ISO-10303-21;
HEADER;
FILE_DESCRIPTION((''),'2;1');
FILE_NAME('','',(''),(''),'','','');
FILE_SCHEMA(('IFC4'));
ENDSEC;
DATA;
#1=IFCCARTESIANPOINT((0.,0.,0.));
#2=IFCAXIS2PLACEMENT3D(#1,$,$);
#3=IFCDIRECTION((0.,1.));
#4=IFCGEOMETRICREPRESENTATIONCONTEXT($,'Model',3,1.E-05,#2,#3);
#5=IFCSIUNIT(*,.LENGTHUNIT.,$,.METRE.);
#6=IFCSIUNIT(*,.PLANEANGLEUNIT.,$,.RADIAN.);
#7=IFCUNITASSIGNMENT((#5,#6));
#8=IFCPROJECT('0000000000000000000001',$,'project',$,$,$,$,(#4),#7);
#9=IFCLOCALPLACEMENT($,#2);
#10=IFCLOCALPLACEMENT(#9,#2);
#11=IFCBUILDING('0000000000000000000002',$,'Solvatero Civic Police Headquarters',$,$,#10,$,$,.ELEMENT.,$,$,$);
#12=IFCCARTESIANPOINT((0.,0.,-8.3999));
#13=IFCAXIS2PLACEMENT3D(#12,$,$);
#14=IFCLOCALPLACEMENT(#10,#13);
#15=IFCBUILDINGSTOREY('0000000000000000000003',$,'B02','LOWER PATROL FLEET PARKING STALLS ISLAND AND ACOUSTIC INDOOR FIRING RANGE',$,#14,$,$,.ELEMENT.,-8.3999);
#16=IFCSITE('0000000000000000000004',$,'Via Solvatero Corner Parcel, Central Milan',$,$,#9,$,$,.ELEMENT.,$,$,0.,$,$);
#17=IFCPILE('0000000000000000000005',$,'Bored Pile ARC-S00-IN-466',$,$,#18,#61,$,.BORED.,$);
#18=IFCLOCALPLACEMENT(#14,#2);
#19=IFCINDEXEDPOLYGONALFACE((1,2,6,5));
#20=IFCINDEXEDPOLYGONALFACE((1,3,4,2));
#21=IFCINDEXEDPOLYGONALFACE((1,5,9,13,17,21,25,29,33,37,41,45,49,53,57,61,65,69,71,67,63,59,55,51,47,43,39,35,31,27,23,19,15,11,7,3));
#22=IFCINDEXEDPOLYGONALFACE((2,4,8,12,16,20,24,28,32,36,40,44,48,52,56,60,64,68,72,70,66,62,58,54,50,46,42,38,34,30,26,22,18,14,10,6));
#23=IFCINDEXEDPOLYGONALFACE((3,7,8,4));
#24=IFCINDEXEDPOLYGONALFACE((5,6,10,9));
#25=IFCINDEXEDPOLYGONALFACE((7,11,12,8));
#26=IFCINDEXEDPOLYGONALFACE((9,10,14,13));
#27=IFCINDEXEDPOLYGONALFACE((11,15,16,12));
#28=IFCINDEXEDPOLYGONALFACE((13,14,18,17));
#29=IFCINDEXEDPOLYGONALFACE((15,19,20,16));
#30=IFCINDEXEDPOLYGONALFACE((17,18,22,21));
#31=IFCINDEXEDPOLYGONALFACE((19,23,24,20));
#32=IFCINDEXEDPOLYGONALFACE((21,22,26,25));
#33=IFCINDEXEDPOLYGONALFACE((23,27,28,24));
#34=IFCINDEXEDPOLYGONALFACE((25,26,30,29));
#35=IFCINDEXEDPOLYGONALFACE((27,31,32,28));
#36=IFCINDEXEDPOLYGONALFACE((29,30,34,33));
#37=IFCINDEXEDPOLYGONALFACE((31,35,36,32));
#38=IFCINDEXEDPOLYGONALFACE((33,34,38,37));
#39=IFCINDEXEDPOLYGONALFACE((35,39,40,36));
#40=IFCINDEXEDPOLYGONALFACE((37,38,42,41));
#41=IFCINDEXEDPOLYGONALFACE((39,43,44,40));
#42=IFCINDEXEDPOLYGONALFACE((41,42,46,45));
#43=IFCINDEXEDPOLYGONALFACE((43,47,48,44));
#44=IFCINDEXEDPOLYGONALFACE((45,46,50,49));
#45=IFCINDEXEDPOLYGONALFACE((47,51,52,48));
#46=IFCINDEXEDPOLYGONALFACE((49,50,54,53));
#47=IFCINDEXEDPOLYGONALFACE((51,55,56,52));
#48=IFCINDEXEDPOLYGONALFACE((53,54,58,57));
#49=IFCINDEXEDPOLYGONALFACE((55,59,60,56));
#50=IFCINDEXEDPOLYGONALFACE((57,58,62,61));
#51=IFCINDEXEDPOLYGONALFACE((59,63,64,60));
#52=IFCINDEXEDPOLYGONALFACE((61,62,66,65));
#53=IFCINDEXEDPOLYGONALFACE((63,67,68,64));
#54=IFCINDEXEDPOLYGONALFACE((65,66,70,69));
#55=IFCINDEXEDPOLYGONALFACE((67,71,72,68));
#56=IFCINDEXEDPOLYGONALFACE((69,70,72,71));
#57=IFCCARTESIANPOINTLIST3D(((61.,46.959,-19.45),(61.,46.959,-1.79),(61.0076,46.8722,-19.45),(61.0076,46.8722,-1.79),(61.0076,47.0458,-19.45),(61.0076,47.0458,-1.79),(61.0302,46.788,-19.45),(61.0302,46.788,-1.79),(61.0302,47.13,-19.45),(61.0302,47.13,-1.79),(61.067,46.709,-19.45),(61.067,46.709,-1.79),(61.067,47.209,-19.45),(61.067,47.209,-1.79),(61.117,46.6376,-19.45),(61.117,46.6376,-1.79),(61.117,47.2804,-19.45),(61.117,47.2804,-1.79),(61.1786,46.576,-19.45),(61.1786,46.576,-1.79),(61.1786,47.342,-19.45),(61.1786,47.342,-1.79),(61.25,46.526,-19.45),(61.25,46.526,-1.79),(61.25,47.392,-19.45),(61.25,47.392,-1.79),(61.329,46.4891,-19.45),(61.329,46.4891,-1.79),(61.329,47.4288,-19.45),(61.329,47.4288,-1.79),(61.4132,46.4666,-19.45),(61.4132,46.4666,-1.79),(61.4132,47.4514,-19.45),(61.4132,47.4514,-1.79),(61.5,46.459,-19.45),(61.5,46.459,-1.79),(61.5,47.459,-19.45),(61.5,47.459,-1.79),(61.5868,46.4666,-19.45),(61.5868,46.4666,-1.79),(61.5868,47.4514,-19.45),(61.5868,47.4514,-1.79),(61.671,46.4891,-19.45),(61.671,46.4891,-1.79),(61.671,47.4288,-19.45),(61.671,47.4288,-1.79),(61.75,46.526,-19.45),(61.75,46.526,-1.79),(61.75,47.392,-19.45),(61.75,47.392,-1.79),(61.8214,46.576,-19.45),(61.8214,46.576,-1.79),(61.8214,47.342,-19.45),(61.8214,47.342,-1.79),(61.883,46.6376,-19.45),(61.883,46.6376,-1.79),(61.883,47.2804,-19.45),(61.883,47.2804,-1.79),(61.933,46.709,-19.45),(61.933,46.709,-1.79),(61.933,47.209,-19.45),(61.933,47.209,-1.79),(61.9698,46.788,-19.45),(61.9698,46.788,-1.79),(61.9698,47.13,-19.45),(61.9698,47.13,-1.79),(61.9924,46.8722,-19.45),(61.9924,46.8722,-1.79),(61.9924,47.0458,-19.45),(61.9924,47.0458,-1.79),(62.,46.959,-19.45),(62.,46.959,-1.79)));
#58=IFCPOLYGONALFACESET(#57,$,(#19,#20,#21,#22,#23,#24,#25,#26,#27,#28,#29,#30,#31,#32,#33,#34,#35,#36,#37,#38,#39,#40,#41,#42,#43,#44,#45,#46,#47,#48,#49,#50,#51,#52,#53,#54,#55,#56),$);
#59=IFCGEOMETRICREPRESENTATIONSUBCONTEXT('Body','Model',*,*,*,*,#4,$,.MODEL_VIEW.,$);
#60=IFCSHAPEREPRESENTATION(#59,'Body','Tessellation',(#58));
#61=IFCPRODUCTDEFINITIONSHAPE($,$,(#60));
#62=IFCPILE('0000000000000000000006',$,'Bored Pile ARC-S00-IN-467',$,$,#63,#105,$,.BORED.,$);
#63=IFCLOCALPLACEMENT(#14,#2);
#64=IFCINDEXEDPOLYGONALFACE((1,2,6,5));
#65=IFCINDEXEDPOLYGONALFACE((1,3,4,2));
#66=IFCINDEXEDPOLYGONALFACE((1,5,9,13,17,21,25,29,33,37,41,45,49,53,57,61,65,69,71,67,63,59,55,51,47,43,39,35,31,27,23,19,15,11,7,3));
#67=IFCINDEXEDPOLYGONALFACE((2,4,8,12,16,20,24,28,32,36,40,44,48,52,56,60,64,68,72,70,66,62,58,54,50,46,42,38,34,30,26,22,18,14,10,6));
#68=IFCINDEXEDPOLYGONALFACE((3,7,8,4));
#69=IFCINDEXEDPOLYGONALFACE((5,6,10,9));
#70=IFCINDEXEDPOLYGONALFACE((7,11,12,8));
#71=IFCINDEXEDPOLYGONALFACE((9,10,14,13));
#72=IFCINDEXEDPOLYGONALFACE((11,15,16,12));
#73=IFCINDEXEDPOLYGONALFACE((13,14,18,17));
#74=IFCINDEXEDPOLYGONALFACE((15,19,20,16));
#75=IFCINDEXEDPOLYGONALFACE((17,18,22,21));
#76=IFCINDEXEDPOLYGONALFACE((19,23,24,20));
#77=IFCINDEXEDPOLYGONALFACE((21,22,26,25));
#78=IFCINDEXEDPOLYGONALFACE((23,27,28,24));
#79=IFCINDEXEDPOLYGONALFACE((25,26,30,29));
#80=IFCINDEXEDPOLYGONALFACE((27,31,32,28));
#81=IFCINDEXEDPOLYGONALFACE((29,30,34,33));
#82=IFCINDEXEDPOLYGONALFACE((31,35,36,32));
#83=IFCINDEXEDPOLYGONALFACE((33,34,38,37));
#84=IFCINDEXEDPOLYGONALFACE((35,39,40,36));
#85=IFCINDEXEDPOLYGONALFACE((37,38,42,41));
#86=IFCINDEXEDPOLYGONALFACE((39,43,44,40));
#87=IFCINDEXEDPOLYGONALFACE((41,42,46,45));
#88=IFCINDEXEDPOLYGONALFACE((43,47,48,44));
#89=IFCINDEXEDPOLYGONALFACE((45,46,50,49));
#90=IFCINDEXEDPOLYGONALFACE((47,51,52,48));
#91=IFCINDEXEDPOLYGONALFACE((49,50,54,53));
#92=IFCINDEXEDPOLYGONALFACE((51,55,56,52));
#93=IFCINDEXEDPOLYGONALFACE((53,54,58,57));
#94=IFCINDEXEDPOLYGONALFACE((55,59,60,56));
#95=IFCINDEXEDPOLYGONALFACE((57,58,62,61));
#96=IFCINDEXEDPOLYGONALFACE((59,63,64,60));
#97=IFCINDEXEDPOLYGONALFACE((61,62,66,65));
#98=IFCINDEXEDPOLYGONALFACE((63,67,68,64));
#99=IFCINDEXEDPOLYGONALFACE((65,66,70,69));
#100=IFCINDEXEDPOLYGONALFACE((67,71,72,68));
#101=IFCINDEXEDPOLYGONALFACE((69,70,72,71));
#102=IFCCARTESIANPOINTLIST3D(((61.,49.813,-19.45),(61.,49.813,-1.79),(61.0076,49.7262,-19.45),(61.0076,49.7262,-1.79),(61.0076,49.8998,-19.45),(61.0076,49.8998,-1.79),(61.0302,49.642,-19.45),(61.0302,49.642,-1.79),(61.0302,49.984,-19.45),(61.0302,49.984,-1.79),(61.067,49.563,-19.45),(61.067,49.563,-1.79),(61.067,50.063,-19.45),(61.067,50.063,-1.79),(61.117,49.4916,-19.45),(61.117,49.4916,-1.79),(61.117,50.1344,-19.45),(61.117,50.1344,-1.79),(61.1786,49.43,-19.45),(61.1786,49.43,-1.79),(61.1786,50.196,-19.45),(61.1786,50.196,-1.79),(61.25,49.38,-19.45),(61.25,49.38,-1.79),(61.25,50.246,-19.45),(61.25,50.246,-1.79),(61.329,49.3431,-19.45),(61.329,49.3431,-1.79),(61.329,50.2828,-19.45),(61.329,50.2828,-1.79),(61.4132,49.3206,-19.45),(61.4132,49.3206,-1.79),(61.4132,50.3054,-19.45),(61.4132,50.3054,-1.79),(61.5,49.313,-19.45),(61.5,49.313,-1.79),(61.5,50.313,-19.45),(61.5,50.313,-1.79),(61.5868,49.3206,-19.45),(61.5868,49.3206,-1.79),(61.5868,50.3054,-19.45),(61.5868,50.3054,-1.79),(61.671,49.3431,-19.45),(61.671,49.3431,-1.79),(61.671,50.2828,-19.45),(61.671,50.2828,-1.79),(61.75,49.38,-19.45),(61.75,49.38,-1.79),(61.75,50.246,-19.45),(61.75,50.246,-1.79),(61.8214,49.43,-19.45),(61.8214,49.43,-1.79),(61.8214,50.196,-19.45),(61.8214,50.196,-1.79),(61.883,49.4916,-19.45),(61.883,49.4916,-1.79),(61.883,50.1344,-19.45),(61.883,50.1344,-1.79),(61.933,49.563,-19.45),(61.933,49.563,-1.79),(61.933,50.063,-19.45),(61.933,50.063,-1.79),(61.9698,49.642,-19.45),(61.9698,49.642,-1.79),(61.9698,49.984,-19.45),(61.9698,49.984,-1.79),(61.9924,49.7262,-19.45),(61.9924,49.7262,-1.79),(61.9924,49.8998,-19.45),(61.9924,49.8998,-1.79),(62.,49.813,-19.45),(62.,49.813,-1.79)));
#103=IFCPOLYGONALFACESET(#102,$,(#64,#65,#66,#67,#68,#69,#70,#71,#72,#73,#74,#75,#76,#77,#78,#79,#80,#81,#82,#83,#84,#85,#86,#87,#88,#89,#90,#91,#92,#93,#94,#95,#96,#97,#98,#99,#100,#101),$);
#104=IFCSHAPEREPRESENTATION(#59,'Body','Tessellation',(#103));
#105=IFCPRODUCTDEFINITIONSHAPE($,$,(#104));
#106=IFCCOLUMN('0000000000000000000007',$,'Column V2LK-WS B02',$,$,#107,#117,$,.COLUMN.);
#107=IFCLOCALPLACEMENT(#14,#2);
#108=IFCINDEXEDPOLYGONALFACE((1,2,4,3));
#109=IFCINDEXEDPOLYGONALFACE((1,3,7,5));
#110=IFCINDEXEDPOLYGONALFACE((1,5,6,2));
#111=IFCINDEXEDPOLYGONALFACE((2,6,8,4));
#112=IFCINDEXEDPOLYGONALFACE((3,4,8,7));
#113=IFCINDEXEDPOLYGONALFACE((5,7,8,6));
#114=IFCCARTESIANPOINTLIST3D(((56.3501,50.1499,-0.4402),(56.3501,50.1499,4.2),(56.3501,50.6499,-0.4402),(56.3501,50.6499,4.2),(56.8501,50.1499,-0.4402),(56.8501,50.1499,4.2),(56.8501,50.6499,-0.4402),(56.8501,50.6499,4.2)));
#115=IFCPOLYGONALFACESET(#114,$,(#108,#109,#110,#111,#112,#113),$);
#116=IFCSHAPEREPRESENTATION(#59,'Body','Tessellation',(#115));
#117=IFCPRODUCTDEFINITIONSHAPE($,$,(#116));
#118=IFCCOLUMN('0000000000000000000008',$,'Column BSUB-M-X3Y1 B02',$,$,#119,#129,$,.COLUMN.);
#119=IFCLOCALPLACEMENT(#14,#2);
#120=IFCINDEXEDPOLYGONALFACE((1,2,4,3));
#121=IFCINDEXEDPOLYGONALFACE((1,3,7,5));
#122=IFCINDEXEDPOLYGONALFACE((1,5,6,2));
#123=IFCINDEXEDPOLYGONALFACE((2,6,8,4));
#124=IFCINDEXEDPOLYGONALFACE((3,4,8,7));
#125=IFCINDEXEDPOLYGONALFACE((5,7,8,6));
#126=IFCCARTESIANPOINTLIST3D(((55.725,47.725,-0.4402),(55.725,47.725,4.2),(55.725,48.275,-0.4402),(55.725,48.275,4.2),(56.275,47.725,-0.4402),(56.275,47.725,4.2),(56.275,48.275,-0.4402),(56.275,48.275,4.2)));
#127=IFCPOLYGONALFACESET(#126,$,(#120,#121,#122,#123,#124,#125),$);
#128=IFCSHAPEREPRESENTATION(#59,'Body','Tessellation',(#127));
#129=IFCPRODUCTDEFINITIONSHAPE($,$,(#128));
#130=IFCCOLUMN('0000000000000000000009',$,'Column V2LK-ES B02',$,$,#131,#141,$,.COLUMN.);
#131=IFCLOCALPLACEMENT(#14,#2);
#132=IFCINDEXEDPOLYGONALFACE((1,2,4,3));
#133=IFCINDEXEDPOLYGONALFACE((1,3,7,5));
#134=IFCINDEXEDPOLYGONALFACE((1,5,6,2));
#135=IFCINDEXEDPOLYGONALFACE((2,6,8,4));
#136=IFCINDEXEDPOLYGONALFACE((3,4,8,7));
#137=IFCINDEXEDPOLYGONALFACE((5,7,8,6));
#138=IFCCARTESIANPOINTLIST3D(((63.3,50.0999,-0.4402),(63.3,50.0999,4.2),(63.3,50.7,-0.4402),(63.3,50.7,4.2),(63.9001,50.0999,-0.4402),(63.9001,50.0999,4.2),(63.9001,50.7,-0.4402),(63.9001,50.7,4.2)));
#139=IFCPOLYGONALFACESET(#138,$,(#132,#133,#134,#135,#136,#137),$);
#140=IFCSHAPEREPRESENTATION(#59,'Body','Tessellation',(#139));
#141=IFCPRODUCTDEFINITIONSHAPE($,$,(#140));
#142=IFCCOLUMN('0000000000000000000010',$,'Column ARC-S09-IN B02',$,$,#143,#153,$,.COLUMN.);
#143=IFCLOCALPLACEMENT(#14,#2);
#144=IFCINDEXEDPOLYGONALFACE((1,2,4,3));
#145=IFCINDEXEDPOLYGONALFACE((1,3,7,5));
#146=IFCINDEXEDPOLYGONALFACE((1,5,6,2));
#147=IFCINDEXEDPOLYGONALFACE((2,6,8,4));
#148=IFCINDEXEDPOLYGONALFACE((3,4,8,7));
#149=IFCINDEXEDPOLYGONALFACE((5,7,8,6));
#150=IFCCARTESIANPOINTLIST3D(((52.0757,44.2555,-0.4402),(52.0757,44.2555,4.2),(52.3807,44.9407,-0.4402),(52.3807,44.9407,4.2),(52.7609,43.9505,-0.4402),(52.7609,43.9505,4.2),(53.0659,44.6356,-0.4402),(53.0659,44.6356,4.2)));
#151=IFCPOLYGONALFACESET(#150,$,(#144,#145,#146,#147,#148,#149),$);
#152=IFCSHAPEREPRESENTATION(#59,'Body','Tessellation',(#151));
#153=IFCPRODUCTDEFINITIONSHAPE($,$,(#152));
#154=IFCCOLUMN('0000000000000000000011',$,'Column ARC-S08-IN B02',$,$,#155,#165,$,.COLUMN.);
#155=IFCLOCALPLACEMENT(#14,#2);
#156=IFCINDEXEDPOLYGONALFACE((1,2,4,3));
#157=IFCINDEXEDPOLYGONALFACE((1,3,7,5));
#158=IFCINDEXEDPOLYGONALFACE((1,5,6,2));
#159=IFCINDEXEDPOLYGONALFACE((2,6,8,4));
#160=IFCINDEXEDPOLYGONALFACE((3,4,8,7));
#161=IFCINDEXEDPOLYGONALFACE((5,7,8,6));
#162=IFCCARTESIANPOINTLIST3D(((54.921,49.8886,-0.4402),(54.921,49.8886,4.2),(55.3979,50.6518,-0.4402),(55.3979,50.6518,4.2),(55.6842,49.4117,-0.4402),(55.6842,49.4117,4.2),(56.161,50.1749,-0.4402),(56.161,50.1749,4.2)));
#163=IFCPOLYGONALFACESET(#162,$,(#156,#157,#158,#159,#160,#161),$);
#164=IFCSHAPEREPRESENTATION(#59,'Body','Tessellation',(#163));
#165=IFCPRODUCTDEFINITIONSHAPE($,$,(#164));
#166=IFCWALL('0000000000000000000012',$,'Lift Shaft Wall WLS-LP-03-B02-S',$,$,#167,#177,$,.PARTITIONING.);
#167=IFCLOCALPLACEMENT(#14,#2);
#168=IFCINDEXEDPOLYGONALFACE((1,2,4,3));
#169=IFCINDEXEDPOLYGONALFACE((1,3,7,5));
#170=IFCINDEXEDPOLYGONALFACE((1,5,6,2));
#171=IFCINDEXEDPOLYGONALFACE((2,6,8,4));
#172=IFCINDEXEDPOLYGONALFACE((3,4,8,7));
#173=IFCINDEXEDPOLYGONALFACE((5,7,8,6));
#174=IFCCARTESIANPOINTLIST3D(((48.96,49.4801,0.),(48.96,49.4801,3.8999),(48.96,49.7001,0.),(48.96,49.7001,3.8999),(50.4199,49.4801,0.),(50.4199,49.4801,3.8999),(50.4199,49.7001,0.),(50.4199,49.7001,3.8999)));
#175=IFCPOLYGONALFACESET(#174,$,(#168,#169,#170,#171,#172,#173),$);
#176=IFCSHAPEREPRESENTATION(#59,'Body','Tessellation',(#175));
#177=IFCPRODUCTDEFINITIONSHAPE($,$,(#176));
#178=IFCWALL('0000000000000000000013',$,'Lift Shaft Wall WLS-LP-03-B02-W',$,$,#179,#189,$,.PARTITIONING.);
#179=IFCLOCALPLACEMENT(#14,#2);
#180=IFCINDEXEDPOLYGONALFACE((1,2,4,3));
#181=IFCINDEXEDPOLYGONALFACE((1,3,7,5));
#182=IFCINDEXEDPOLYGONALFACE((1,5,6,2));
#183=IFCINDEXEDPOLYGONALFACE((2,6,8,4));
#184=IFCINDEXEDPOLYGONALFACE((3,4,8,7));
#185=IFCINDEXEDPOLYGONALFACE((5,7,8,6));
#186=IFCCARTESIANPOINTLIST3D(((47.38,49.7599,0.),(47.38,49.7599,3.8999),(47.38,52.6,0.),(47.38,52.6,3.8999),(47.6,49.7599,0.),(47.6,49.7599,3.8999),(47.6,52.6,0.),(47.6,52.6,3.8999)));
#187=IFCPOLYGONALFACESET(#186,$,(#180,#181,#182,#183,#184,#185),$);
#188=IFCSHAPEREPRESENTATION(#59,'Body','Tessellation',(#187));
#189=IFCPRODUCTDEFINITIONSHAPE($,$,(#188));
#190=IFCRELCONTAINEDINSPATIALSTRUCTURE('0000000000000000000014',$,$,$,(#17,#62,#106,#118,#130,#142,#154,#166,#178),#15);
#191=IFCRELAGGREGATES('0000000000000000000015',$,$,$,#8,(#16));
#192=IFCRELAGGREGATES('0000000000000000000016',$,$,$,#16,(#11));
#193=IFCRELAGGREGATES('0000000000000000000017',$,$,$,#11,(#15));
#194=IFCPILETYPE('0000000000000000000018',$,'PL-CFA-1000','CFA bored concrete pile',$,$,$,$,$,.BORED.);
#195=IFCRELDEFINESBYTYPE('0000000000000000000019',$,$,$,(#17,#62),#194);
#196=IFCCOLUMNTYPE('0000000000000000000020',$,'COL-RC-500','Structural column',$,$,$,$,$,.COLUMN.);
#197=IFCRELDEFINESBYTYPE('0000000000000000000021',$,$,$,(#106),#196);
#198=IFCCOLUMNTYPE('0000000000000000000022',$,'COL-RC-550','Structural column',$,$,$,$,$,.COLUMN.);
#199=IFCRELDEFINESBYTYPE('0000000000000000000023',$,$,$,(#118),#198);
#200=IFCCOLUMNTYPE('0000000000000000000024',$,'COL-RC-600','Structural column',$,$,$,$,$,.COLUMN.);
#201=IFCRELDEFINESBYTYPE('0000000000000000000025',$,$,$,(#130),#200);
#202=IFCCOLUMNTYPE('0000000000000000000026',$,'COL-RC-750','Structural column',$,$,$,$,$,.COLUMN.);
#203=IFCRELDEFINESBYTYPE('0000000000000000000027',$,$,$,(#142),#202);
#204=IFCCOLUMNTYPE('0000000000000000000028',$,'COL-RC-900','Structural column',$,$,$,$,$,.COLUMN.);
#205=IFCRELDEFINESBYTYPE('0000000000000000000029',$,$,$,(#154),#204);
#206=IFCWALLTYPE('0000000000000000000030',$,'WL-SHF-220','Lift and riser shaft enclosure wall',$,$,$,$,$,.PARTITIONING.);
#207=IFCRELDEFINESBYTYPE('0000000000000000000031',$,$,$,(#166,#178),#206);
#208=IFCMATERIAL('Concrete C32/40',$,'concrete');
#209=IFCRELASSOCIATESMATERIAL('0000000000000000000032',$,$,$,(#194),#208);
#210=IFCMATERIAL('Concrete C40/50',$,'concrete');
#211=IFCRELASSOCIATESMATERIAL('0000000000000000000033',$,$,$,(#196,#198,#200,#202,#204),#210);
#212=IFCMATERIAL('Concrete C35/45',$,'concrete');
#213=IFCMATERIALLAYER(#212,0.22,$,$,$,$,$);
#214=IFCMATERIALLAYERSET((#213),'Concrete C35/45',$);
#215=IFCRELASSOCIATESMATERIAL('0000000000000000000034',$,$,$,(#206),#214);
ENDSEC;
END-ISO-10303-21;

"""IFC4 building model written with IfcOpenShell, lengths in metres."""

from ifc_helpers import new_model, si_unit, direction, frame, frame_2d, origin, origin_2d, place, context, subcontext, project, spatial, rectangle, circle, extrude, material, layer, layer_set, material_profile, profile_set, type_object, element, save


model = new_model("IFC4")

# Units and contexts
model_context = context("Model", 3, precision=1e-05, world=origin(), true_north=direction((0.0, 1.0)))
body_context = subcontext(model_context, "Body", "Model", "MODEL_VIEW")
ifc_project = project(units=[si_unit("LENGTHUNIT", "METRE"), si_unit("PLANEANGLEUNIT", "RADIAN")], contexts=[model_context])

# Site, building, storey
site_placement = place(None, origin())
site = spatial("IfcSite", under=ifc_project, at=site_placement, Name="Via Solvatero Corner Parcel, Central Milan", CompositionType="ELEMENT", RefElevation=0.0)
building_placement = place(site_placement, origin())
building = spatial("IfcBuilding", under=site, at=building_placement, Name="Solvatero Civic Police Headquarters", CompositionType="ELEMENT")
storey_placement = place(building_placement, frame((0.0, 0.0, -8.3999)))
storey = spatial("IfcBuildingStorey", under=building, at=storey_placement, Name="B02", Description="LOWER PATROL FLEET PARKING STALLS ISLAND AND ACOUSTIC INDOOR FIRING RANGE", CompositionType="ELEMENT", Elevation=-8.3999)

# Shared definitions
ifc_material_1 = material(Name="Concrete C35/45", Category="concrete")

# Piles
ifc_material_2 = material(Name="Concrete C32/40", Category="concrete")
ifc_material_profile_1 = material_profile(ifc_material_2, circle(Radius=0.5, at=origin_2d()), Name="CFA PILE D1000")
ifc_profile_set_1 = profile_set([ifc_material_profile_1], Name="Concrete C32/40")
pile_type = type_object("IfcPileType", Name="PL-CFA-1000", Description="CFA bored concrete pile", PredefinedType="BORED", material=ifc_profile_set_1)
for number, where, z_axis, x_axis, name in (
    (1, (61.5, 46.959, -1.79), (0.0, 0.0, -1.0), (1.0, 0.0, 0.0), "Bored Pile ARC-S00-IN-466"),
    (2, (61.5, 49.813, -1.79), (0.0, 0.0, -1.0), (1.0, 0.0, 0.0), "Bored Pile ARC-S00-IN-467"),
):
    element("IfcPile", number, at=place(storey_placement, frame(where, z_axis=z_axis, x_axis=x_axis)), inside=storey, type_object=pile_type, Name=name, PredefinedType="BORED", context=body_context, shape_type="SweptSolid", body=[
        extrude(circle(Radius=0.5, at=origin_2d()), origin(), (0.0, 0.0, 1.0), 17.6599),
    ])

# Columns
ifc_material_3 = material(Name="Concrete C40/50", Category="concrete")
ifc_material_profile_2 = material_profile(ifc_material_3, rectangle(XDim=0.5, YDim=0.5, at=origin_2d()), Name="RC 500x500")
ifc_profile_set_2 = profile_set([ifc_material_profile_2], Name="Concrete C40/50")
column_type_1 = type_object("IfcColumnType", Name="COL-RC-500", Description="Structural column", PredefinedType="COLUMN", material=ifc_profile_set_2)
column_1_placement = place(storey_placement, frame((56.6001, 50.3999, -0.4402), z_axis=(0.0, 0.0, 1.0), x_axis=(1.0, 0.0, 0.0)))
element("IfcColumn", 3, at=column_1_placement, inside=storey, type_object=column_type_1, Name="Column V2LK-WS B02", PredefinedType="COLUMN", context=body_context, shape_type="SweptSolid", body=[
    extrude(rectangle(XDim=0.5, YDim=0.5, at=origin_2d()), origin(), (0.0, 0.0, 1.0), 4.6401),
])
ifc_material_profile_3 = material_profile(ifc_material_3, rectangle(XDim=0.55, YDim=0.55, at=origin_2d()), Name="RC 550x550")
ifc_profile_set_3 = profile_set([ifc_material_profile_3], Name="Concrete C40/50")
column_type_2 = type_object("IfcColumnType", Name="COL-RC-550", Description="Structural column", PredefinedType="COLUMN", material=ifc_profile_set_3)
column_2_placement = place(storey_placement, frame((56.0, 48.0, -0.4402), z_axis=(0.0, 0.0, 1.0), x_axis=(1.0, 0.0, 0.0)))
element("IfcColumn", 4, at=column_2_placement, inside=storey, type_object=column_type_2, Name="Column BSUB-M-X3Y1 B02", PredefinedType="COLUMN", context=body_context, shape_type="SweptSolid", body=[
    extrude(rectangle(XDim=0.55, YDim=0.55, at=origin_2d()), origin(), (0.0, 0.0, 1.0), 4.6401),
])
ifc_material_profile_4 = material_profile(ifc_material_3, rectangle(XDim=0.6001, YDim=0.6001, at=origin_2d()), Name="RC 600x600")
ifc_profile_set_4 = profile_set([ifc_material_profile_4], Name="Concrete C40/50")
column_type_3 = type_object("IfcColumnType", Name="COL-RC-600", Description="Structural column", PredefinedType="COLUMN", material=ifc_profile_set_4)
column_3_placement = place(storey_placement, frame((63.6001, 50.3999, -0.4402), z_axis=(0.0, 0.0, 1.0), x_axis=(1.0, 0.0, 0.0)))
element("IfcColumn", 5, at=column_3_placement, inside=storey, type_object=column_type_3, Name="Column V2LK-ES B02", PredefinedType="COLUMN", context=body_context, shape_type="SweptSolid", body=[
    extrude(rectangle(XDim=0.6001, YDim=0.6001, at=origin_2d()), origin(), (0.0, 0.0, 1.0), 4.6401),
])
ifc_material_profile_5 = material_profile(ifc_material_3, rectangle(XDim=0.75, YDim=0.75, at=origin_2d()), Name="RC 750x750")
ifc_profile_set_5 = profile_set([ifc_material_profile_5], Name="Concrete C40/50")
column_type_4 = type_object("IfcColumnType", Name="COL-RC-750", Description="Structural column", PredefinedType="COLUMN", material=ifc_profile_set_5)
column_4_placement = place(storey_placement, frame((52.5708, 44.4456, -0.4402), z_axis=(0.0, 0.0, 1.0), x_axis=(0.406737, 0.913545, 0.0)))
element("IfcColumn", 6, at=column_4_placement, inside=storey, type_object=column_type_4, Name="Column ARC-S09-IN B02", PredefinedType="COLUMN", context=body_context, shape_type="SweptSolid", body=[
    extrude(rectangle(XDim=0.75, YDim=0.75, at=origin_2d()), origin(), (0.0, 0.0, 1.0), 4.6401),
])
ifc_material_profile_6 = material_profile(ifc_material_3, rectangle(XDim=0.8999, YDim=0.8999, at=origin_2d()), Name="RC 900x900")
ifc_profile_set_6 = profile_set([ifc_material_profile_6], Name="Concrete C40/50")
column_type_5 = type_object("IfcColumnType", Name="COL-RC-900", Description="Structural column", PredefinedType="COLUMN", material=ifc_profile_set_6)
column_5_placement = place(storey_placement, frame((55.541, 50.0317, -0.4402), z_axis=(0.0, 0.0, 1.0), x_axis=(0.529919, 0.848048, 0.0)))
element("IfcColumn", 7, at=column_5_placement, inside=storey, type_object=column_type_5, Name="Column ARC-S08-IN B02", PredefinedType="COLUMN", context=body_context, shape_type="SweptSolid", body=[
    extrude(rectangle(XDim=0.8999, YDim=0.8999, at=origin_2d()), origin(), (0.0, 0.0, 1.0), 4.6401),
])

# Walls
ifc_layer_1 = layer(ifc_material_1, 0.22)
ifc_layer_set_1 = layer_set([ifc_layer_1], Name="Concrete C35/45")
wall_type_1 = type_object("IfcWallType", Name="WL-SHF-220", Description="Lift and riser shaft enclosure wall", PredefinedType="PARTITIONING", material=ifc_layer_set_1)
wall_1_placement = place(storey_placement, frame((48.96, 49.5901, 0.0), z_axis=(0.0, 0.0, 1.0), x_axis=(1.0, 0.0, 0.0)))
element("IfcWall", 8, at=wall_1_placement, inside=storey, type_object=wall_type_1, Name="Lift Shaft Wall WLS-LP-03-B02-S", PredefinedType="PARTITIONING", context=body_context, shape_type="SweptSolid", body=[
    extrude(rectangle(XDim=1.46, YDim=0.22, at=frame_2d((0.73, 0.0))), origin(), (0.0, 0.0, 1.0), 3.8999),
])
wall_2_placement = place(storey_placement, frame((47.49, 49.76, 0.0), z_axis=(0.0, 0.0, 1.0), x_axis=(0.0, 1.0, 0.0)))
element("IfcWall", 9, at=wall_2_placement, inside=storey, type_object=wall_type_1, Name="Lift Shaft Wall WLS-LP-03-B02-W", PredefinedType="PARTITIONING", context=body_context, shape_type="SweptSolid", body=[
    extrude(rectangle(XDim=2.8401, YDim=0.22, at=frame_2d((1.4199, 0.0))), origin(), (0.0, 0.0, 1.0), 3.8999),
])

save(model, "model.ifc")
